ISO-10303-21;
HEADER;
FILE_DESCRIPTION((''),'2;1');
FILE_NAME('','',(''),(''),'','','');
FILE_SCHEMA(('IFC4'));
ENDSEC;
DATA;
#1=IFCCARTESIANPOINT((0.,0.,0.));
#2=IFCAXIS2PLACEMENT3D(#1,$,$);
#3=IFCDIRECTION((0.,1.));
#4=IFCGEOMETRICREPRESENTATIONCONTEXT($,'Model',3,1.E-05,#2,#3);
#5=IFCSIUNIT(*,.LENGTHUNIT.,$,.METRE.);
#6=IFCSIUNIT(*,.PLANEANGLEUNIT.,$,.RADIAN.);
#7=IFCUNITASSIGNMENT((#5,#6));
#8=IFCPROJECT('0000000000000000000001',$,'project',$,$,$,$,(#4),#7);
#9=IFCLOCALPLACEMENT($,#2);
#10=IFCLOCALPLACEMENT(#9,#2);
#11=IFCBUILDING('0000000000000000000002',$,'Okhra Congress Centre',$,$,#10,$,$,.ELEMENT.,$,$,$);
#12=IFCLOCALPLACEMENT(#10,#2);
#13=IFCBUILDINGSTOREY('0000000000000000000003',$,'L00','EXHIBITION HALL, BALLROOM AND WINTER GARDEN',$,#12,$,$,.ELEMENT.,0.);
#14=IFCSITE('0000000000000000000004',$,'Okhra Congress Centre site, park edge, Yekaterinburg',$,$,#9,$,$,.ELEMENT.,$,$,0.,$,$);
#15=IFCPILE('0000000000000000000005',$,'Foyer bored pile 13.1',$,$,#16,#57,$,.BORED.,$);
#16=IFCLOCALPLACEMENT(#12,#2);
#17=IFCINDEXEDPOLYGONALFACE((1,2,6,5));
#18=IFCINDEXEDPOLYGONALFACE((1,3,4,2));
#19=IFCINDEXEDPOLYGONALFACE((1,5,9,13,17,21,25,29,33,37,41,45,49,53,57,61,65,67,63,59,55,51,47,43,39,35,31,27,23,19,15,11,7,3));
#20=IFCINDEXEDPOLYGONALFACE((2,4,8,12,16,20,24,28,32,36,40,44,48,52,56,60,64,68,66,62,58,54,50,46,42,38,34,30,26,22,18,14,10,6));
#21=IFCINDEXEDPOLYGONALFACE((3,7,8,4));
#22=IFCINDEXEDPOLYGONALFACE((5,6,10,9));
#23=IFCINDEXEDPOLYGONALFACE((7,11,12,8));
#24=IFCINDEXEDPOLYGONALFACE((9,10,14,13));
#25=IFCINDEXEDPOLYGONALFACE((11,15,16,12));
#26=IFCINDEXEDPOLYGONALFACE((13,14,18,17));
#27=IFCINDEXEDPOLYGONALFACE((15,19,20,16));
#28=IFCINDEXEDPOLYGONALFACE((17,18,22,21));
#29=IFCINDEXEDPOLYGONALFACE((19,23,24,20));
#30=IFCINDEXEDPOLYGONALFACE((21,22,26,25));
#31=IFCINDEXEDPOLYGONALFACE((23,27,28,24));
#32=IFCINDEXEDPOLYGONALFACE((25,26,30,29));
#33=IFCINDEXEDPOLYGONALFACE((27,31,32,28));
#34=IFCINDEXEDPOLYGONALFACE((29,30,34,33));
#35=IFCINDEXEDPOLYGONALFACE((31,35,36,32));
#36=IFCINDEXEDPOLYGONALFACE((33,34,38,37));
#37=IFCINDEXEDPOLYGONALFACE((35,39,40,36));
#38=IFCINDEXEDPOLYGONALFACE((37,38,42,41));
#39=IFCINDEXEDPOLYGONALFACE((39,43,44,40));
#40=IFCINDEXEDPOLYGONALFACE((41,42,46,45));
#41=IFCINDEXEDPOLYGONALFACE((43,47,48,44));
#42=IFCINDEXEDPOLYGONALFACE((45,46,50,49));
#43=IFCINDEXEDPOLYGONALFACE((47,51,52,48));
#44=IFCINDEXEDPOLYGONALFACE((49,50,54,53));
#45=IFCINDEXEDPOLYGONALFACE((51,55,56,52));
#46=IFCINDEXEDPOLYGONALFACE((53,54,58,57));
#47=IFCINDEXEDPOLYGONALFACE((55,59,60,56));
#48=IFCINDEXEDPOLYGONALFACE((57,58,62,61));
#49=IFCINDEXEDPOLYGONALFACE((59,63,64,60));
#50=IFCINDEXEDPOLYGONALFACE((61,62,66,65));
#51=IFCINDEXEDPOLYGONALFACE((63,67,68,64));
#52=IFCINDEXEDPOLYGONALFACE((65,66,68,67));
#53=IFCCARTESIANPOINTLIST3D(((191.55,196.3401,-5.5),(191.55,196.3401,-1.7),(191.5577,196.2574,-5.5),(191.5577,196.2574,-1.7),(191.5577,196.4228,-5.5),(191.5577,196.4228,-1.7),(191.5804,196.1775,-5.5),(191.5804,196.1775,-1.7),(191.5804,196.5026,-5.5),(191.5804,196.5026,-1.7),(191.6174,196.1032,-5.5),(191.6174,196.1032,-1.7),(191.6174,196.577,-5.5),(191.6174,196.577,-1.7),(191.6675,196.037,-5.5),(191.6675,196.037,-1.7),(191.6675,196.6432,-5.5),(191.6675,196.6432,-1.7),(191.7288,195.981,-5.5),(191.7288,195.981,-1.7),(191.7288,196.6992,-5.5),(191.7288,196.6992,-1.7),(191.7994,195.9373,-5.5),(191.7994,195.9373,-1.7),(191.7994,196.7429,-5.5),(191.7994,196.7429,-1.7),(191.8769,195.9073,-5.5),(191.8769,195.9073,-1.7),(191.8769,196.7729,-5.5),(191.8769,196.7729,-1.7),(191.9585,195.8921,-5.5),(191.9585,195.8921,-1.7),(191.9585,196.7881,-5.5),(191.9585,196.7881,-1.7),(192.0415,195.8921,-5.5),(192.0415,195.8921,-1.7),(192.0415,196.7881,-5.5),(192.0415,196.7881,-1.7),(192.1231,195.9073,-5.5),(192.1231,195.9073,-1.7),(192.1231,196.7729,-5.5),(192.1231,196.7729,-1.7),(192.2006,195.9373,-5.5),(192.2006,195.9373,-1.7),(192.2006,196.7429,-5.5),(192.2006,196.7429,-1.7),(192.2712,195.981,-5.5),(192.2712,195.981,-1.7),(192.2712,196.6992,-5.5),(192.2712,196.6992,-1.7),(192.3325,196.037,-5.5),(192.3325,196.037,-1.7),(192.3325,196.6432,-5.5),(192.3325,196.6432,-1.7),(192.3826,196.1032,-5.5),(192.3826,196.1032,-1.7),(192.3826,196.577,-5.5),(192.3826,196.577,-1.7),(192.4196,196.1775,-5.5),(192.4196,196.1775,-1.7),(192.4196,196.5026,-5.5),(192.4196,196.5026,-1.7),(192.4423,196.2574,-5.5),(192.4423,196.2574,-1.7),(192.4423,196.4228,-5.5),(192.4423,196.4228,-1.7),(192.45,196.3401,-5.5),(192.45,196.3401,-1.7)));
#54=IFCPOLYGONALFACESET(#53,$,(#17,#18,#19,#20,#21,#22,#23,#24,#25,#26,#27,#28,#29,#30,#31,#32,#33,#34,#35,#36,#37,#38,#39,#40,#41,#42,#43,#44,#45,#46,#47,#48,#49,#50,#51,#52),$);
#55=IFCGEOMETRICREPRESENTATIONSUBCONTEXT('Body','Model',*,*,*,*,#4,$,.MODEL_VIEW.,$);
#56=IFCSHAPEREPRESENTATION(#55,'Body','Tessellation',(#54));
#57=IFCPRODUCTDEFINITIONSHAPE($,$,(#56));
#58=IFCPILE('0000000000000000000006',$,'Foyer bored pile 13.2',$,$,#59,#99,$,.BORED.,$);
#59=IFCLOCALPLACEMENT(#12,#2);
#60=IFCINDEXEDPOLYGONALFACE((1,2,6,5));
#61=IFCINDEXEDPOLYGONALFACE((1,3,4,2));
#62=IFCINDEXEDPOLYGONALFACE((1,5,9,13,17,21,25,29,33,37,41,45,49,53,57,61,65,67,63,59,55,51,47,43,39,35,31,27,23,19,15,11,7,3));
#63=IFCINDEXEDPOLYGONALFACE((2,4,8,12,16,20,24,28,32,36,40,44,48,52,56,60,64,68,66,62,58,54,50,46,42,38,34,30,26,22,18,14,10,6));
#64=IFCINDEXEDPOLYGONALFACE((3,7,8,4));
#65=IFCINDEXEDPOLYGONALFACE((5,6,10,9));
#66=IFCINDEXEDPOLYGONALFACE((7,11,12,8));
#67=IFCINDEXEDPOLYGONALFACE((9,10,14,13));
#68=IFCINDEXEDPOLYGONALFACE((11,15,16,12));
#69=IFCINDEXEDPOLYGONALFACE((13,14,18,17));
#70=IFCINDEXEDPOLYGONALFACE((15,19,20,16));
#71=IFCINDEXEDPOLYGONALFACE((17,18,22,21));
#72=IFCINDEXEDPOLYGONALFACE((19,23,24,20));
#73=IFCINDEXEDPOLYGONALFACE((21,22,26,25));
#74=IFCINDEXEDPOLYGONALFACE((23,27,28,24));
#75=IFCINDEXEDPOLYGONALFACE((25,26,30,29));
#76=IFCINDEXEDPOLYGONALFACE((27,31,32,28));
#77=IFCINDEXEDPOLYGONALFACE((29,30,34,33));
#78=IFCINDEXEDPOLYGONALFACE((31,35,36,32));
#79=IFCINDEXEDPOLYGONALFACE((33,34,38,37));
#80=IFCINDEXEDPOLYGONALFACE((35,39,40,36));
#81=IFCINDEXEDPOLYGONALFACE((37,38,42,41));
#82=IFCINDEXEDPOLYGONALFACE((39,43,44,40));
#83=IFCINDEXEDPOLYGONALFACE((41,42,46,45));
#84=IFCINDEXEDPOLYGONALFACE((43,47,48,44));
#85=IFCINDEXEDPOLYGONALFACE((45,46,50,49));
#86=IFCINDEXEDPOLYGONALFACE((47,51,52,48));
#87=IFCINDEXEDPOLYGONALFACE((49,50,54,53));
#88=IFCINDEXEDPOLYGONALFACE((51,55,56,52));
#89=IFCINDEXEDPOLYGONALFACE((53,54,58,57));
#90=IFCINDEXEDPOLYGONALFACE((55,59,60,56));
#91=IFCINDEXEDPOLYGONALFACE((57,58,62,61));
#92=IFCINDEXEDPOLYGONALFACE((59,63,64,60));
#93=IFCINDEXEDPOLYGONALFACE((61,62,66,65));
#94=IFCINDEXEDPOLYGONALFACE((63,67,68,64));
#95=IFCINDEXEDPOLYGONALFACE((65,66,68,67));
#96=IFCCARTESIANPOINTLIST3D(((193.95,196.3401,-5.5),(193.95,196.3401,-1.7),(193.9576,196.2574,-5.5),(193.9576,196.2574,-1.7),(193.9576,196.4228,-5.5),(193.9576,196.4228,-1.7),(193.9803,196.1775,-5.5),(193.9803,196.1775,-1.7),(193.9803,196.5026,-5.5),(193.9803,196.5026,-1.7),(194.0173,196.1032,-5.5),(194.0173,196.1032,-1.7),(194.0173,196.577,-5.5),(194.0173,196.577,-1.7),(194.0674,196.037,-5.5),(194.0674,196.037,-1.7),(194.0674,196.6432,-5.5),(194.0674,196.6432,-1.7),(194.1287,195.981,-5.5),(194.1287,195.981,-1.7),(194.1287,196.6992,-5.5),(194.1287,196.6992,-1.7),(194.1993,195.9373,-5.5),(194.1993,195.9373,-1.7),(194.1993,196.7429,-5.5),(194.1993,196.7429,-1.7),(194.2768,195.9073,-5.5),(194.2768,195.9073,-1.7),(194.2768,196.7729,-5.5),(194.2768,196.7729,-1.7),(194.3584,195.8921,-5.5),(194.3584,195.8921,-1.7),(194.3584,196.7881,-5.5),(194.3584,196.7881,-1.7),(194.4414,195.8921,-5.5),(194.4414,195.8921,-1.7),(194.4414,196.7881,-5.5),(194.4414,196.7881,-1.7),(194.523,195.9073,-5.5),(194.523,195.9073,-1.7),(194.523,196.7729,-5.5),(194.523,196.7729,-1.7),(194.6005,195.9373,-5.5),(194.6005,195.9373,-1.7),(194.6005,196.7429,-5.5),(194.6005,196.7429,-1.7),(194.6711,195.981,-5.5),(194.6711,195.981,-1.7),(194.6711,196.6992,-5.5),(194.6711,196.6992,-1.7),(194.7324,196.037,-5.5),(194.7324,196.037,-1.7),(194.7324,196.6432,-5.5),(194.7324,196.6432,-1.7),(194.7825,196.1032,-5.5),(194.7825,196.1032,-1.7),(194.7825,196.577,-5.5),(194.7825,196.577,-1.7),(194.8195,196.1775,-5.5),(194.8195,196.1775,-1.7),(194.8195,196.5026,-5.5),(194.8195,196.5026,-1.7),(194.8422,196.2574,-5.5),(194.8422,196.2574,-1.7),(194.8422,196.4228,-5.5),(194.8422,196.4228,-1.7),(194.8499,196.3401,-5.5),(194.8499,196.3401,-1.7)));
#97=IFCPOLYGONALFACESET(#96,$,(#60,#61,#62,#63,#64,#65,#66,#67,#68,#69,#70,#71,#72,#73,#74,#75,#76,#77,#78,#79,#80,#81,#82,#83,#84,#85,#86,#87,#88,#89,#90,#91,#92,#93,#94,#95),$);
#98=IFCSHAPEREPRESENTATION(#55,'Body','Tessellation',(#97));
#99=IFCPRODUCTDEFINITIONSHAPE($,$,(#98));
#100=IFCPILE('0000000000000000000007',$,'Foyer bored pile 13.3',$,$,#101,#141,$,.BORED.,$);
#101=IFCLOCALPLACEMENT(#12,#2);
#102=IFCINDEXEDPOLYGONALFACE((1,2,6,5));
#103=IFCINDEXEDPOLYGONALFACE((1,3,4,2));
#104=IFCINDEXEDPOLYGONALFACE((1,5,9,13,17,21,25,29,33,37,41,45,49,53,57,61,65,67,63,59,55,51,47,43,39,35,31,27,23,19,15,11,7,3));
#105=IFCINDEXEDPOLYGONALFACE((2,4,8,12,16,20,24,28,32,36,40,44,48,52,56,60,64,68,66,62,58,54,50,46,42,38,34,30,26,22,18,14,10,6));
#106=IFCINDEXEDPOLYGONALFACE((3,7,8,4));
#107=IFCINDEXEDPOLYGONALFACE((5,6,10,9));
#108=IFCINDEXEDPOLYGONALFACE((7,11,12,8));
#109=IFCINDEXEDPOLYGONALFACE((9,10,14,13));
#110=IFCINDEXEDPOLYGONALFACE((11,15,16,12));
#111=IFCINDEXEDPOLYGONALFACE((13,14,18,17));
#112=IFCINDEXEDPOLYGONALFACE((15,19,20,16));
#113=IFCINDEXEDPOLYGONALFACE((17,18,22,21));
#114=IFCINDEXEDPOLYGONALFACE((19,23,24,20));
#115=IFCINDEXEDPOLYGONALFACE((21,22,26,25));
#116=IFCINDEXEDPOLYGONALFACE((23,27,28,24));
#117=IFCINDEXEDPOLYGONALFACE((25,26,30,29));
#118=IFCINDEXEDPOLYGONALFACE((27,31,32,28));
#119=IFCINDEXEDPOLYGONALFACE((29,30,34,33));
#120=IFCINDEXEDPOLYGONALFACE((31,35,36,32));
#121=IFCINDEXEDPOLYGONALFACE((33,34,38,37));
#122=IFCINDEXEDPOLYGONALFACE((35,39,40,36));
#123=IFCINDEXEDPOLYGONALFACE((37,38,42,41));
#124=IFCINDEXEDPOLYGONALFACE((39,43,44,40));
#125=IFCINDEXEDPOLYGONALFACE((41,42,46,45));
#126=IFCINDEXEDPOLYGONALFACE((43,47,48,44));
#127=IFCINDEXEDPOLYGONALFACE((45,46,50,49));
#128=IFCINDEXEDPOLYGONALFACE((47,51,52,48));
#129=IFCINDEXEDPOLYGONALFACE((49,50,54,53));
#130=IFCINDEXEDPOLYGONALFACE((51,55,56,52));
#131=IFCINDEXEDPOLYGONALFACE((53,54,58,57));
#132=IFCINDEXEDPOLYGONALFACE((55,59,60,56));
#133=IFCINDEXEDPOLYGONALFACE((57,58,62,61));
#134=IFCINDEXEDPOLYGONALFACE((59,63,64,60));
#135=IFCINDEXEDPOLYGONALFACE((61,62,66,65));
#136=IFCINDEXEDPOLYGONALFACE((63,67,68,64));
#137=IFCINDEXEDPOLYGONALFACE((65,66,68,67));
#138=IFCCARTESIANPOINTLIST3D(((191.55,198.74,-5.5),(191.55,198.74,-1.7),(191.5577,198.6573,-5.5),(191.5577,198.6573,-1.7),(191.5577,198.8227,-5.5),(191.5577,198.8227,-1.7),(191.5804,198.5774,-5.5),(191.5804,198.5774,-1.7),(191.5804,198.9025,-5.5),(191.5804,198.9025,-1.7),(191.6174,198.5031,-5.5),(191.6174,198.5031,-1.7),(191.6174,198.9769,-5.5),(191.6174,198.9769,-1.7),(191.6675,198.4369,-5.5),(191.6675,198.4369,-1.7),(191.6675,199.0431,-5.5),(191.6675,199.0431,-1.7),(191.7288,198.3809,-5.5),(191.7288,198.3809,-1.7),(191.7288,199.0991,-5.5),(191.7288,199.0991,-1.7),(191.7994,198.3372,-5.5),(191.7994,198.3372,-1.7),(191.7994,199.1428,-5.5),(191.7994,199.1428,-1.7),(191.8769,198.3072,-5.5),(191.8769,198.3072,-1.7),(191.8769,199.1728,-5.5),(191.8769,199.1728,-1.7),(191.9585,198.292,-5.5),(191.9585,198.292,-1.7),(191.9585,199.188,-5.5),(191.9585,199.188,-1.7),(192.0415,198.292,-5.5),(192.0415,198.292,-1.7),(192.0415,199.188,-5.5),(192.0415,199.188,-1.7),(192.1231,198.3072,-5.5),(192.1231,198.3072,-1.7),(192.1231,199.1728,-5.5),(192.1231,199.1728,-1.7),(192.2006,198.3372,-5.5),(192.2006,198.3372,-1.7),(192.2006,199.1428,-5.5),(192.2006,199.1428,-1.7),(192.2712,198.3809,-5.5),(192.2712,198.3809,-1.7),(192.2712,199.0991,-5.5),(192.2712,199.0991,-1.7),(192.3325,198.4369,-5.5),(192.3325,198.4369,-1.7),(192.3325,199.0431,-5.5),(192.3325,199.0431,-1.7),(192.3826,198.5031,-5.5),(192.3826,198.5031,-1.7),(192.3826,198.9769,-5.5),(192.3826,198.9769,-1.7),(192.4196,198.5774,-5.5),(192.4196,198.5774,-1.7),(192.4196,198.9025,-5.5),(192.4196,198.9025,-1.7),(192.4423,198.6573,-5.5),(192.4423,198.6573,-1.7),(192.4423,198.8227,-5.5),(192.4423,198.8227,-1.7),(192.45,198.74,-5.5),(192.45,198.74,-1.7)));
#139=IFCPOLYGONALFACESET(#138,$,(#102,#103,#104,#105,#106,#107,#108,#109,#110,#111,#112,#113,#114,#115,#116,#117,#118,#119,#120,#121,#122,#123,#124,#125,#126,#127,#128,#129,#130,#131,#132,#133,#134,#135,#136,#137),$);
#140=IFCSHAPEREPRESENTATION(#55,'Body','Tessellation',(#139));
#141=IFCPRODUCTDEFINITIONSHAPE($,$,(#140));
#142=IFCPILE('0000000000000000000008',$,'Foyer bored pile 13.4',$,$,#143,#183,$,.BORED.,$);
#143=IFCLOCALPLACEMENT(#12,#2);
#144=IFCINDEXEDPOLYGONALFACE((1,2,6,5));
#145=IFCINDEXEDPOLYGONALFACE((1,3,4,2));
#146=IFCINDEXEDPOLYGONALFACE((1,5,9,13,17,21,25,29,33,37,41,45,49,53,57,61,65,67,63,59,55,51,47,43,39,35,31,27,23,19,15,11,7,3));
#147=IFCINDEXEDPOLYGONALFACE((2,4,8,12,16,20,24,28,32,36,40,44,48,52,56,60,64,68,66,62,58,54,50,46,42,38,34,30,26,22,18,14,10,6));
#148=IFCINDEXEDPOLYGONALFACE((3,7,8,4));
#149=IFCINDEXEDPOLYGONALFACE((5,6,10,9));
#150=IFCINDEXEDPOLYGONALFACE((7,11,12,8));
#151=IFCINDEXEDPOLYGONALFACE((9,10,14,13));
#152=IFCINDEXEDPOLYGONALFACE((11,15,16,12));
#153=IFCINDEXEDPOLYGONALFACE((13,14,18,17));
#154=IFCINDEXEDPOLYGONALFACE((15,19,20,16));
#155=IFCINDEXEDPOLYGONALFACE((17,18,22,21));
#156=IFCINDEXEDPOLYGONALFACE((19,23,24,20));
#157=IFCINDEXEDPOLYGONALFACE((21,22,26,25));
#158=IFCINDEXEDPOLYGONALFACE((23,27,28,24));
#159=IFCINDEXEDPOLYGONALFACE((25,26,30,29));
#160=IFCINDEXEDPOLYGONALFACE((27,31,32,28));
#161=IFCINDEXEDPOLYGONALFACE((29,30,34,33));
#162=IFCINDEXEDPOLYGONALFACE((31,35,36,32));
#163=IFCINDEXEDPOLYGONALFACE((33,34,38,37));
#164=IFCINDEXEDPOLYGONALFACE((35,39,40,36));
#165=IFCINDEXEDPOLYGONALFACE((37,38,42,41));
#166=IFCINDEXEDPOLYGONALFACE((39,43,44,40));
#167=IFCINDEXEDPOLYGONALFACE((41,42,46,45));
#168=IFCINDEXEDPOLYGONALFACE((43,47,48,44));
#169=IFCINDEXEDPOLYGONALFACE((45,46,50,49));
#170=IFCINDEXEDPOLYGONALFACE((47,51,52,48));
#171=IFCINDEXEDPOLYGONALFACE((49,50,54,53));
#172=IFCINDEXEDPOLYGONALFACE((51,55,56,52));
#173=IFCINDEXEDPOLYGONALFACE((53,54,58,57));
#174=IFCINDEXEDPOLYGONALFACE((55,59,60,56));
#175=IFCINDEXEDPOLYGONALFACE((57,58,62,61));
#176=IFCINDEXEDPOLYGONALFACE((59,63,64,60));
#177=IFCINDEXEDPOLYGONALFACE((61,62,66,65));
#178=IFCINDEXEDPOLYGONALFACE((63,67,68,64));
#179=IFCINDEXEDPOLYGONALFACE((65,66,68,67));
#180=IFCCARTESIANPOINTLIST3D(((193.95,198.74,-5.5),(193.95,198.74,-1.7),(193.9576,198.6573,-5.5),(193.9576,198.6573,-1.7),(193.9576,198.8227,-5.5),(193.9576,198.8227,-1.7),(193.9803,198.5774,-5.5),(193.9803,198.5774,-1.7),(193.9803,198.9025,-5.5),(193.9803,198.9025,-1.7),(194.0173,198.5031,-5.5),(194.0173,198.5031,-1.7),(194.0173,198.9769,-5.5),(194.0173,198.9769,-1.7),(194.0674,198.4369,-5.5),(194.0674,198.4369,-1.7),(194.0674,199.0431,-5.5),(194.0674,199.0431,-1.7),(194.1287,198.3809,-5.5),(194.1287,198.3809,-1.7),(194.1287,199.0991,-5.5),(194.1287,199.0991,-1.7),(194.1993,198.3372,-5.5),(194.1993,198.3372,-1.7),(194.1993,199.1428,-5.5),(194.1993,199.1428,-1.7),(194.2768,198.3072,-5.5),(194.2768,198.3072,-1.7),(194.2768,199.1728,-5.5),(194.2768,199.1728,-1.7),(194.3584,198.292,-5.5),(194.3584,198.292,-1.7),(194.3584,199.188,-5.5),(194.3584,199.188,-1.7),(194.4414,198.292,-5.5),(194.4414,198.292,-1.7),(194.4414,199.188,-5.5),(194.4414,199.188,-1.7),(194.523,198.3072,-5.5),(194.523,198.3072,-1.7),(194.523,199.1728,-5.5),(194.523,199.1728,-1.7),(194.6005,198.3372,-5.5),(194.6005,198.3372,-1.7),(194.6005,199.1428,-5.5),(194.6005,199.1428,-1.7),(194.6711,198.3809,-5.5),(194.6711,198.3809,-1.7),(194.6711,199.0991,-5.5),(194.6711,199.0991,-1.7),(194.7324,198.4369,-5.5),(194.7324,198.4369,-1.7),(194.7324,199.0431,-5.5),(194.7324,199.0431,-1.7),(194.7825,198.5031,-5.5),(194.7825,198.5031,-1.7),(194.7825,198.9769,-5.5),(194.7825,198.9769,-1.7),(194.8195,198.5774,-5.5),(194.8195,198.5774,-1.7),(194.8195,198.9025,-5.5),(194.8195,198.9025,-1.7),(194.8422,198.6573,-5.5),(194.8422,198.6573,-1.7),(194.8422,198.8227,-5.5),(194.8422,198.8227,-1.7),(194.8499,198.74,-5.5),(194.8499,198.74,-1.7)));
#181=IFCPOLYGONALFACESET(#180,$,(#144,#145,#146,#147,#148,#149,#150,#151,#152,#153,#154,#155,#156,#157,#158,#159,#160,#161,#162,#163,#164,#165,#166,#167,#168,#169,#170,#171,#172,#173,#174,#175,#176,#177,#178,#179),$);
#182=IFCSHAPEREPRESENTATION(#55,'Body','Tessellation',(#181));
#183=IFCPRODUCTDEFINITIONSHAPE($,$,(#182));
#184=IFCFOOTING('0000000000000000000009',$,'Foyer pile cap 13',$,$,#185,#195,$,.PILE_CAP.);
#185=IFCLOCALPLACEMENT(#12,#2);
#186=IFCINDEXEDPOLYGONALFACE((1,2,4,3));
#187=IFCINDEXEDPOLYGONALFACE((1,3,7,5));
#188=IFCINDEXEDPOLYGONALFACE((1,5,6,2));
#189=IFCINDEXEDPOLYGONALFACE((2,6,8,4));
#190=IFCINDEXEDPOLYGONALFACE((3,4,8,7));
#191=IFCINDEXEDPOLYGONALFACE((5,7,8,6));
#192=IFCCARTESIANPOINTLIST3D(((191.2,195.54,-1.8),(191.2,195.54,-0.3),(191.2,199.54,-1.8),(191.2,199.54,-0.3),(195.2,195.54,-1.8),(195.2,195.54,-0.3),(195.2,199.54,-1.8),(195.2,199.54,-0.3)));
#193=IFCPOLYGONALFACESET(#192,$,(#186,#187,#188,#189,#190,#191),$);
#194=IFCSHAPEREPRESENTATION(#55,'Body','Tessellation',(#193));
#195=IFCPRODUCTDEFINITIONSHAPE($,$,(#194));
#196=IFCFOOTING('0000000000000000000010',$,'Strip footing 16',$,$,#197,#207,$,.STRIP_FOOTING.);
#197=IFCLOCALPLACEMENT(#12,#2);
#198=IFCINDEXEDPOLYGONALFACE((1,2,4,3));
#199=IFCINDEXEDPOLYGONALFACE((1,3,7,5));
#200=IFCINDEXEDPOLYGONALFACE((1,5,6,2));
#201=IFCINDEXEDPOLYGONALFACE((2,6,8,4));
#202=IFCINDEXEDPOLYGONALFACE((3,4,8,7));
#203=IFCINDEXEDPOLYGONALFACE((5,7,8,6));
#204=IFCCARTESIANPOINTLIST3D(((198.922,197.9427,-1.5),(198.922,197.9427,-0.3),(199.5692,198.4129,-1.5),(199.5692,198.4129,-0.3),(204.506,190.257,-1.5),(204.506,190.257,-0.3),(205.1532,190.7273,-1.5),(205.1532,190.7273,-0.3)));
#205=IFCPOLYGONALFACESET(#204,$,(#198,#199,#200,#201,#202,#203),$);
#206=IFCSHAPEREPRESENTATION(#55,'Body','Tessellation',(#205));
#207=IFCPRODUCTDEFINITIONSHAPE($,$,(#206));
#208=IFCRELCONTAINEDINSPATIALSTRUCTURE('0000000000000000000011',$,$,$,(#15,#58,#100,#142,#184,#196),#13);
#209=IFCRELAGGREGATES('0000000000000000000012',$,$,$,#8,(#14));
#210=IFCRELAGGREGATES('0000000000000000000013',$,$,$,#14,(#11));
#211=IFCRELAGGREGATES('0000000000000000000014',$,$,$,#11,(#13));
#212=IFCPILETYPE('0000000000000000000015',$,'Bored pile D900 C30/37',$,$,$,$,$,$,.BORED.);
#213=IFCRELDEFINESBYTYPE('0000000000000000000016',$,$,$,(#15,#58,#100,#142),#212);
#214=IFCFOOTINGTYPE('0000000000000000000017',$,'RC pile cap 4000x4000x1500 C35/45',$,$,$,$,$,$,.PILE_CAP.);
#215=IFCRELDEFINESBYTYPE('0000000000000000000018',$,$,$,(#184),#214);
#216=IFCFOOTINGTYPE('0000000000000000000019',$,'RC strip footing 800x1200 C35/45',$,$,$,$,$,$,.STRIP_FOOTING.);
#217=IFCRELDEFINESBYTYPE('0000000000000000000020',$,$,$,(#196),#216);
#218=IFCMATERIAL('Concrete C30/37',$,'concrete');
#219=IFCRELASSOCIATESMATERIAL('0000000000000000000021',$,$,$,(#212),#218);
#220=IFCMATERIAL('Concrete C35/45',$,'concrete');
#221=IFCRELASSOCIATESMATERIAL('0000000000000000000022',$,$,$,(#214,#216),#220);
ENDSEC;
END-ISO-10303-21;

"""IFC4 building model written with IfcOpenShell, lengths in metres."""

from ifc_helpers import new_model, si_unit, direction, frame, origin, origin_2d, place, context, subcontext, project, spatial, rectangle, circle, extrude, material, material_profile, profile_set, type_object, element, save


model = new_model("IFC4")

# Units and contexts
model_context = context("Model", 3, precision=1e-05, world=origin(), true_north=direction((0.0, 1.0)))
body_context = subcontext(model_context, "Body", "Model", "MODEL_VIEW")
ifc_project = project(units=[si_unit("LENGTHUNIT", "METRE"), si_unit("PLANEANGLEUNIT", "RADIAN")], contexts=[model_context])

# Site, building, storey
site_placement = place(None, origin())
site = spatial("IfcSite", under=ifc_project, at=site_placement, Name="Okhra Congress Centre site, park edge, Yekaterinburg", CompositionType="ELEMENT", RefElevation=0.0)
building_placement = place(site_placement, origin())
building = spatial("IfcBuilding", under=site, at=building_placement, Name="Okhra Congress Centre", CompositionType="ELEMENT")
storey_placement = place(building_placement, origin())
storey = spatial("IfcBuildingStorey", under=building, at=storey_placement, Name="L00", Description="EXHIBITION HALL, BALLROOM AND WINTER GARDEN", CompositionType="ELEMENT", Elevation=0.0)

# Piles
ifc_material_1 = material(Name="Concrete C30/37", Category="concrete")
ifc_material_profile_1 = material_profile(ifc_material_1, circle(Radius=0.45, at=origin_2d()), Name="D900")
ifc_profile_set_1 = profile_set([ifc_material_profile_1], Name="Concrete C30/37")
pile_type = type_object("IfcPileType", Name="Bored pile D900 C30/37", PredefinedType="BORED", material=ifc_profile_set_1)
for number, where, z_axis, x_axis, name in (
    (1, (192.0, 196.3401, -1.7), (0.0, 0.0, -1.0), (1.0, 0.0, 0.0), "Foyer bored pile 13.1"),
    (2, (194.3999, 196.3401, -1.7), (0.0, 0.0, -1.0), (1.0, 0.0, 0.0), "Foyer bored pile 13.2"),
    (3, (192.0, 198.74, -1.7), (0.0, 0.0, -1.0), (1.0, 0.0, 0.0), "Foyer bored pile 13.3"),
    (4, (194.3999, 198.74, -1.7), (0.0, 0.0, -1.0), (1.0, 0.0, 0.0), "Foyer bored pile 13.4"),
):
    element("IfcPile", number, at=place(storey_placement, frame(where, z_axis=z_axis, x_axis=x_axis)), inside=storey, type_object=pile_type, Name=name, PredefinedType="BORED", context=body_context, shape_type="SweptSolid", body=[
        extrude(circle(Radius=0.45, at=origin_2d()), origin(), (0.0, 0.0, 1.0), 3.8),
    ])

# Footings
ifc_material_2 = material(Name="Concrete C35/45", Category="concrete")
footing_type_1 = type_object("IfcFootingType", Name="RC pile cap 4000x4000x1500 C35/45", PredefinedType="PILE_CAP", material=ifc_material_2)
footing_1_placement = place(storey_placement, frame((193.2, 197.54, -1.8), z_axis=(0.0, 0.0, 1.0), x_axis=(1.0, 0.0, 0.0)))
element("IfcFooting", 5, at=footing_1_placement, inside=storey, type_object=footing_type_1, Name="Foyer pile cap 13", PredefinedType="PILE_CAP", context=body_context, shape_type="SweptSolid", body=[
    extrude(rectangle(XDim=4.0, YDim=4.0, at=origin_2d()), origin(), (0.0, 0.0, 1.0), 1.5),
])
footing_type_2 = type_object("IfcFootingType", Name="RC strip footing 800x1200 C35/45", PredefinedType="STRIP_FOOTING", material=ifc_material_2)
footing_2_placement = place(storey_placement, frame((202.0376, 194.335, -1.5), z_axis=(0.0, 0.0, 1.0), x_axis=(-0.587785, 0.809017, 0.0)))
element("IfcFooting", 6, at=footing_2_placement, inside=storey, type_object=footing_type_2, Name="Strip footing 16", PredefinedType="STRIP_FOOTING", context=body_context, shape_type="SweptSolid", body=[
    extrude(rectangle(XDim=9.5, YDim=0.8, at=origin_2d()), origin(), (0.0, 0.0, 1.0), 1.2),
])

save(model, "model.ifc")
